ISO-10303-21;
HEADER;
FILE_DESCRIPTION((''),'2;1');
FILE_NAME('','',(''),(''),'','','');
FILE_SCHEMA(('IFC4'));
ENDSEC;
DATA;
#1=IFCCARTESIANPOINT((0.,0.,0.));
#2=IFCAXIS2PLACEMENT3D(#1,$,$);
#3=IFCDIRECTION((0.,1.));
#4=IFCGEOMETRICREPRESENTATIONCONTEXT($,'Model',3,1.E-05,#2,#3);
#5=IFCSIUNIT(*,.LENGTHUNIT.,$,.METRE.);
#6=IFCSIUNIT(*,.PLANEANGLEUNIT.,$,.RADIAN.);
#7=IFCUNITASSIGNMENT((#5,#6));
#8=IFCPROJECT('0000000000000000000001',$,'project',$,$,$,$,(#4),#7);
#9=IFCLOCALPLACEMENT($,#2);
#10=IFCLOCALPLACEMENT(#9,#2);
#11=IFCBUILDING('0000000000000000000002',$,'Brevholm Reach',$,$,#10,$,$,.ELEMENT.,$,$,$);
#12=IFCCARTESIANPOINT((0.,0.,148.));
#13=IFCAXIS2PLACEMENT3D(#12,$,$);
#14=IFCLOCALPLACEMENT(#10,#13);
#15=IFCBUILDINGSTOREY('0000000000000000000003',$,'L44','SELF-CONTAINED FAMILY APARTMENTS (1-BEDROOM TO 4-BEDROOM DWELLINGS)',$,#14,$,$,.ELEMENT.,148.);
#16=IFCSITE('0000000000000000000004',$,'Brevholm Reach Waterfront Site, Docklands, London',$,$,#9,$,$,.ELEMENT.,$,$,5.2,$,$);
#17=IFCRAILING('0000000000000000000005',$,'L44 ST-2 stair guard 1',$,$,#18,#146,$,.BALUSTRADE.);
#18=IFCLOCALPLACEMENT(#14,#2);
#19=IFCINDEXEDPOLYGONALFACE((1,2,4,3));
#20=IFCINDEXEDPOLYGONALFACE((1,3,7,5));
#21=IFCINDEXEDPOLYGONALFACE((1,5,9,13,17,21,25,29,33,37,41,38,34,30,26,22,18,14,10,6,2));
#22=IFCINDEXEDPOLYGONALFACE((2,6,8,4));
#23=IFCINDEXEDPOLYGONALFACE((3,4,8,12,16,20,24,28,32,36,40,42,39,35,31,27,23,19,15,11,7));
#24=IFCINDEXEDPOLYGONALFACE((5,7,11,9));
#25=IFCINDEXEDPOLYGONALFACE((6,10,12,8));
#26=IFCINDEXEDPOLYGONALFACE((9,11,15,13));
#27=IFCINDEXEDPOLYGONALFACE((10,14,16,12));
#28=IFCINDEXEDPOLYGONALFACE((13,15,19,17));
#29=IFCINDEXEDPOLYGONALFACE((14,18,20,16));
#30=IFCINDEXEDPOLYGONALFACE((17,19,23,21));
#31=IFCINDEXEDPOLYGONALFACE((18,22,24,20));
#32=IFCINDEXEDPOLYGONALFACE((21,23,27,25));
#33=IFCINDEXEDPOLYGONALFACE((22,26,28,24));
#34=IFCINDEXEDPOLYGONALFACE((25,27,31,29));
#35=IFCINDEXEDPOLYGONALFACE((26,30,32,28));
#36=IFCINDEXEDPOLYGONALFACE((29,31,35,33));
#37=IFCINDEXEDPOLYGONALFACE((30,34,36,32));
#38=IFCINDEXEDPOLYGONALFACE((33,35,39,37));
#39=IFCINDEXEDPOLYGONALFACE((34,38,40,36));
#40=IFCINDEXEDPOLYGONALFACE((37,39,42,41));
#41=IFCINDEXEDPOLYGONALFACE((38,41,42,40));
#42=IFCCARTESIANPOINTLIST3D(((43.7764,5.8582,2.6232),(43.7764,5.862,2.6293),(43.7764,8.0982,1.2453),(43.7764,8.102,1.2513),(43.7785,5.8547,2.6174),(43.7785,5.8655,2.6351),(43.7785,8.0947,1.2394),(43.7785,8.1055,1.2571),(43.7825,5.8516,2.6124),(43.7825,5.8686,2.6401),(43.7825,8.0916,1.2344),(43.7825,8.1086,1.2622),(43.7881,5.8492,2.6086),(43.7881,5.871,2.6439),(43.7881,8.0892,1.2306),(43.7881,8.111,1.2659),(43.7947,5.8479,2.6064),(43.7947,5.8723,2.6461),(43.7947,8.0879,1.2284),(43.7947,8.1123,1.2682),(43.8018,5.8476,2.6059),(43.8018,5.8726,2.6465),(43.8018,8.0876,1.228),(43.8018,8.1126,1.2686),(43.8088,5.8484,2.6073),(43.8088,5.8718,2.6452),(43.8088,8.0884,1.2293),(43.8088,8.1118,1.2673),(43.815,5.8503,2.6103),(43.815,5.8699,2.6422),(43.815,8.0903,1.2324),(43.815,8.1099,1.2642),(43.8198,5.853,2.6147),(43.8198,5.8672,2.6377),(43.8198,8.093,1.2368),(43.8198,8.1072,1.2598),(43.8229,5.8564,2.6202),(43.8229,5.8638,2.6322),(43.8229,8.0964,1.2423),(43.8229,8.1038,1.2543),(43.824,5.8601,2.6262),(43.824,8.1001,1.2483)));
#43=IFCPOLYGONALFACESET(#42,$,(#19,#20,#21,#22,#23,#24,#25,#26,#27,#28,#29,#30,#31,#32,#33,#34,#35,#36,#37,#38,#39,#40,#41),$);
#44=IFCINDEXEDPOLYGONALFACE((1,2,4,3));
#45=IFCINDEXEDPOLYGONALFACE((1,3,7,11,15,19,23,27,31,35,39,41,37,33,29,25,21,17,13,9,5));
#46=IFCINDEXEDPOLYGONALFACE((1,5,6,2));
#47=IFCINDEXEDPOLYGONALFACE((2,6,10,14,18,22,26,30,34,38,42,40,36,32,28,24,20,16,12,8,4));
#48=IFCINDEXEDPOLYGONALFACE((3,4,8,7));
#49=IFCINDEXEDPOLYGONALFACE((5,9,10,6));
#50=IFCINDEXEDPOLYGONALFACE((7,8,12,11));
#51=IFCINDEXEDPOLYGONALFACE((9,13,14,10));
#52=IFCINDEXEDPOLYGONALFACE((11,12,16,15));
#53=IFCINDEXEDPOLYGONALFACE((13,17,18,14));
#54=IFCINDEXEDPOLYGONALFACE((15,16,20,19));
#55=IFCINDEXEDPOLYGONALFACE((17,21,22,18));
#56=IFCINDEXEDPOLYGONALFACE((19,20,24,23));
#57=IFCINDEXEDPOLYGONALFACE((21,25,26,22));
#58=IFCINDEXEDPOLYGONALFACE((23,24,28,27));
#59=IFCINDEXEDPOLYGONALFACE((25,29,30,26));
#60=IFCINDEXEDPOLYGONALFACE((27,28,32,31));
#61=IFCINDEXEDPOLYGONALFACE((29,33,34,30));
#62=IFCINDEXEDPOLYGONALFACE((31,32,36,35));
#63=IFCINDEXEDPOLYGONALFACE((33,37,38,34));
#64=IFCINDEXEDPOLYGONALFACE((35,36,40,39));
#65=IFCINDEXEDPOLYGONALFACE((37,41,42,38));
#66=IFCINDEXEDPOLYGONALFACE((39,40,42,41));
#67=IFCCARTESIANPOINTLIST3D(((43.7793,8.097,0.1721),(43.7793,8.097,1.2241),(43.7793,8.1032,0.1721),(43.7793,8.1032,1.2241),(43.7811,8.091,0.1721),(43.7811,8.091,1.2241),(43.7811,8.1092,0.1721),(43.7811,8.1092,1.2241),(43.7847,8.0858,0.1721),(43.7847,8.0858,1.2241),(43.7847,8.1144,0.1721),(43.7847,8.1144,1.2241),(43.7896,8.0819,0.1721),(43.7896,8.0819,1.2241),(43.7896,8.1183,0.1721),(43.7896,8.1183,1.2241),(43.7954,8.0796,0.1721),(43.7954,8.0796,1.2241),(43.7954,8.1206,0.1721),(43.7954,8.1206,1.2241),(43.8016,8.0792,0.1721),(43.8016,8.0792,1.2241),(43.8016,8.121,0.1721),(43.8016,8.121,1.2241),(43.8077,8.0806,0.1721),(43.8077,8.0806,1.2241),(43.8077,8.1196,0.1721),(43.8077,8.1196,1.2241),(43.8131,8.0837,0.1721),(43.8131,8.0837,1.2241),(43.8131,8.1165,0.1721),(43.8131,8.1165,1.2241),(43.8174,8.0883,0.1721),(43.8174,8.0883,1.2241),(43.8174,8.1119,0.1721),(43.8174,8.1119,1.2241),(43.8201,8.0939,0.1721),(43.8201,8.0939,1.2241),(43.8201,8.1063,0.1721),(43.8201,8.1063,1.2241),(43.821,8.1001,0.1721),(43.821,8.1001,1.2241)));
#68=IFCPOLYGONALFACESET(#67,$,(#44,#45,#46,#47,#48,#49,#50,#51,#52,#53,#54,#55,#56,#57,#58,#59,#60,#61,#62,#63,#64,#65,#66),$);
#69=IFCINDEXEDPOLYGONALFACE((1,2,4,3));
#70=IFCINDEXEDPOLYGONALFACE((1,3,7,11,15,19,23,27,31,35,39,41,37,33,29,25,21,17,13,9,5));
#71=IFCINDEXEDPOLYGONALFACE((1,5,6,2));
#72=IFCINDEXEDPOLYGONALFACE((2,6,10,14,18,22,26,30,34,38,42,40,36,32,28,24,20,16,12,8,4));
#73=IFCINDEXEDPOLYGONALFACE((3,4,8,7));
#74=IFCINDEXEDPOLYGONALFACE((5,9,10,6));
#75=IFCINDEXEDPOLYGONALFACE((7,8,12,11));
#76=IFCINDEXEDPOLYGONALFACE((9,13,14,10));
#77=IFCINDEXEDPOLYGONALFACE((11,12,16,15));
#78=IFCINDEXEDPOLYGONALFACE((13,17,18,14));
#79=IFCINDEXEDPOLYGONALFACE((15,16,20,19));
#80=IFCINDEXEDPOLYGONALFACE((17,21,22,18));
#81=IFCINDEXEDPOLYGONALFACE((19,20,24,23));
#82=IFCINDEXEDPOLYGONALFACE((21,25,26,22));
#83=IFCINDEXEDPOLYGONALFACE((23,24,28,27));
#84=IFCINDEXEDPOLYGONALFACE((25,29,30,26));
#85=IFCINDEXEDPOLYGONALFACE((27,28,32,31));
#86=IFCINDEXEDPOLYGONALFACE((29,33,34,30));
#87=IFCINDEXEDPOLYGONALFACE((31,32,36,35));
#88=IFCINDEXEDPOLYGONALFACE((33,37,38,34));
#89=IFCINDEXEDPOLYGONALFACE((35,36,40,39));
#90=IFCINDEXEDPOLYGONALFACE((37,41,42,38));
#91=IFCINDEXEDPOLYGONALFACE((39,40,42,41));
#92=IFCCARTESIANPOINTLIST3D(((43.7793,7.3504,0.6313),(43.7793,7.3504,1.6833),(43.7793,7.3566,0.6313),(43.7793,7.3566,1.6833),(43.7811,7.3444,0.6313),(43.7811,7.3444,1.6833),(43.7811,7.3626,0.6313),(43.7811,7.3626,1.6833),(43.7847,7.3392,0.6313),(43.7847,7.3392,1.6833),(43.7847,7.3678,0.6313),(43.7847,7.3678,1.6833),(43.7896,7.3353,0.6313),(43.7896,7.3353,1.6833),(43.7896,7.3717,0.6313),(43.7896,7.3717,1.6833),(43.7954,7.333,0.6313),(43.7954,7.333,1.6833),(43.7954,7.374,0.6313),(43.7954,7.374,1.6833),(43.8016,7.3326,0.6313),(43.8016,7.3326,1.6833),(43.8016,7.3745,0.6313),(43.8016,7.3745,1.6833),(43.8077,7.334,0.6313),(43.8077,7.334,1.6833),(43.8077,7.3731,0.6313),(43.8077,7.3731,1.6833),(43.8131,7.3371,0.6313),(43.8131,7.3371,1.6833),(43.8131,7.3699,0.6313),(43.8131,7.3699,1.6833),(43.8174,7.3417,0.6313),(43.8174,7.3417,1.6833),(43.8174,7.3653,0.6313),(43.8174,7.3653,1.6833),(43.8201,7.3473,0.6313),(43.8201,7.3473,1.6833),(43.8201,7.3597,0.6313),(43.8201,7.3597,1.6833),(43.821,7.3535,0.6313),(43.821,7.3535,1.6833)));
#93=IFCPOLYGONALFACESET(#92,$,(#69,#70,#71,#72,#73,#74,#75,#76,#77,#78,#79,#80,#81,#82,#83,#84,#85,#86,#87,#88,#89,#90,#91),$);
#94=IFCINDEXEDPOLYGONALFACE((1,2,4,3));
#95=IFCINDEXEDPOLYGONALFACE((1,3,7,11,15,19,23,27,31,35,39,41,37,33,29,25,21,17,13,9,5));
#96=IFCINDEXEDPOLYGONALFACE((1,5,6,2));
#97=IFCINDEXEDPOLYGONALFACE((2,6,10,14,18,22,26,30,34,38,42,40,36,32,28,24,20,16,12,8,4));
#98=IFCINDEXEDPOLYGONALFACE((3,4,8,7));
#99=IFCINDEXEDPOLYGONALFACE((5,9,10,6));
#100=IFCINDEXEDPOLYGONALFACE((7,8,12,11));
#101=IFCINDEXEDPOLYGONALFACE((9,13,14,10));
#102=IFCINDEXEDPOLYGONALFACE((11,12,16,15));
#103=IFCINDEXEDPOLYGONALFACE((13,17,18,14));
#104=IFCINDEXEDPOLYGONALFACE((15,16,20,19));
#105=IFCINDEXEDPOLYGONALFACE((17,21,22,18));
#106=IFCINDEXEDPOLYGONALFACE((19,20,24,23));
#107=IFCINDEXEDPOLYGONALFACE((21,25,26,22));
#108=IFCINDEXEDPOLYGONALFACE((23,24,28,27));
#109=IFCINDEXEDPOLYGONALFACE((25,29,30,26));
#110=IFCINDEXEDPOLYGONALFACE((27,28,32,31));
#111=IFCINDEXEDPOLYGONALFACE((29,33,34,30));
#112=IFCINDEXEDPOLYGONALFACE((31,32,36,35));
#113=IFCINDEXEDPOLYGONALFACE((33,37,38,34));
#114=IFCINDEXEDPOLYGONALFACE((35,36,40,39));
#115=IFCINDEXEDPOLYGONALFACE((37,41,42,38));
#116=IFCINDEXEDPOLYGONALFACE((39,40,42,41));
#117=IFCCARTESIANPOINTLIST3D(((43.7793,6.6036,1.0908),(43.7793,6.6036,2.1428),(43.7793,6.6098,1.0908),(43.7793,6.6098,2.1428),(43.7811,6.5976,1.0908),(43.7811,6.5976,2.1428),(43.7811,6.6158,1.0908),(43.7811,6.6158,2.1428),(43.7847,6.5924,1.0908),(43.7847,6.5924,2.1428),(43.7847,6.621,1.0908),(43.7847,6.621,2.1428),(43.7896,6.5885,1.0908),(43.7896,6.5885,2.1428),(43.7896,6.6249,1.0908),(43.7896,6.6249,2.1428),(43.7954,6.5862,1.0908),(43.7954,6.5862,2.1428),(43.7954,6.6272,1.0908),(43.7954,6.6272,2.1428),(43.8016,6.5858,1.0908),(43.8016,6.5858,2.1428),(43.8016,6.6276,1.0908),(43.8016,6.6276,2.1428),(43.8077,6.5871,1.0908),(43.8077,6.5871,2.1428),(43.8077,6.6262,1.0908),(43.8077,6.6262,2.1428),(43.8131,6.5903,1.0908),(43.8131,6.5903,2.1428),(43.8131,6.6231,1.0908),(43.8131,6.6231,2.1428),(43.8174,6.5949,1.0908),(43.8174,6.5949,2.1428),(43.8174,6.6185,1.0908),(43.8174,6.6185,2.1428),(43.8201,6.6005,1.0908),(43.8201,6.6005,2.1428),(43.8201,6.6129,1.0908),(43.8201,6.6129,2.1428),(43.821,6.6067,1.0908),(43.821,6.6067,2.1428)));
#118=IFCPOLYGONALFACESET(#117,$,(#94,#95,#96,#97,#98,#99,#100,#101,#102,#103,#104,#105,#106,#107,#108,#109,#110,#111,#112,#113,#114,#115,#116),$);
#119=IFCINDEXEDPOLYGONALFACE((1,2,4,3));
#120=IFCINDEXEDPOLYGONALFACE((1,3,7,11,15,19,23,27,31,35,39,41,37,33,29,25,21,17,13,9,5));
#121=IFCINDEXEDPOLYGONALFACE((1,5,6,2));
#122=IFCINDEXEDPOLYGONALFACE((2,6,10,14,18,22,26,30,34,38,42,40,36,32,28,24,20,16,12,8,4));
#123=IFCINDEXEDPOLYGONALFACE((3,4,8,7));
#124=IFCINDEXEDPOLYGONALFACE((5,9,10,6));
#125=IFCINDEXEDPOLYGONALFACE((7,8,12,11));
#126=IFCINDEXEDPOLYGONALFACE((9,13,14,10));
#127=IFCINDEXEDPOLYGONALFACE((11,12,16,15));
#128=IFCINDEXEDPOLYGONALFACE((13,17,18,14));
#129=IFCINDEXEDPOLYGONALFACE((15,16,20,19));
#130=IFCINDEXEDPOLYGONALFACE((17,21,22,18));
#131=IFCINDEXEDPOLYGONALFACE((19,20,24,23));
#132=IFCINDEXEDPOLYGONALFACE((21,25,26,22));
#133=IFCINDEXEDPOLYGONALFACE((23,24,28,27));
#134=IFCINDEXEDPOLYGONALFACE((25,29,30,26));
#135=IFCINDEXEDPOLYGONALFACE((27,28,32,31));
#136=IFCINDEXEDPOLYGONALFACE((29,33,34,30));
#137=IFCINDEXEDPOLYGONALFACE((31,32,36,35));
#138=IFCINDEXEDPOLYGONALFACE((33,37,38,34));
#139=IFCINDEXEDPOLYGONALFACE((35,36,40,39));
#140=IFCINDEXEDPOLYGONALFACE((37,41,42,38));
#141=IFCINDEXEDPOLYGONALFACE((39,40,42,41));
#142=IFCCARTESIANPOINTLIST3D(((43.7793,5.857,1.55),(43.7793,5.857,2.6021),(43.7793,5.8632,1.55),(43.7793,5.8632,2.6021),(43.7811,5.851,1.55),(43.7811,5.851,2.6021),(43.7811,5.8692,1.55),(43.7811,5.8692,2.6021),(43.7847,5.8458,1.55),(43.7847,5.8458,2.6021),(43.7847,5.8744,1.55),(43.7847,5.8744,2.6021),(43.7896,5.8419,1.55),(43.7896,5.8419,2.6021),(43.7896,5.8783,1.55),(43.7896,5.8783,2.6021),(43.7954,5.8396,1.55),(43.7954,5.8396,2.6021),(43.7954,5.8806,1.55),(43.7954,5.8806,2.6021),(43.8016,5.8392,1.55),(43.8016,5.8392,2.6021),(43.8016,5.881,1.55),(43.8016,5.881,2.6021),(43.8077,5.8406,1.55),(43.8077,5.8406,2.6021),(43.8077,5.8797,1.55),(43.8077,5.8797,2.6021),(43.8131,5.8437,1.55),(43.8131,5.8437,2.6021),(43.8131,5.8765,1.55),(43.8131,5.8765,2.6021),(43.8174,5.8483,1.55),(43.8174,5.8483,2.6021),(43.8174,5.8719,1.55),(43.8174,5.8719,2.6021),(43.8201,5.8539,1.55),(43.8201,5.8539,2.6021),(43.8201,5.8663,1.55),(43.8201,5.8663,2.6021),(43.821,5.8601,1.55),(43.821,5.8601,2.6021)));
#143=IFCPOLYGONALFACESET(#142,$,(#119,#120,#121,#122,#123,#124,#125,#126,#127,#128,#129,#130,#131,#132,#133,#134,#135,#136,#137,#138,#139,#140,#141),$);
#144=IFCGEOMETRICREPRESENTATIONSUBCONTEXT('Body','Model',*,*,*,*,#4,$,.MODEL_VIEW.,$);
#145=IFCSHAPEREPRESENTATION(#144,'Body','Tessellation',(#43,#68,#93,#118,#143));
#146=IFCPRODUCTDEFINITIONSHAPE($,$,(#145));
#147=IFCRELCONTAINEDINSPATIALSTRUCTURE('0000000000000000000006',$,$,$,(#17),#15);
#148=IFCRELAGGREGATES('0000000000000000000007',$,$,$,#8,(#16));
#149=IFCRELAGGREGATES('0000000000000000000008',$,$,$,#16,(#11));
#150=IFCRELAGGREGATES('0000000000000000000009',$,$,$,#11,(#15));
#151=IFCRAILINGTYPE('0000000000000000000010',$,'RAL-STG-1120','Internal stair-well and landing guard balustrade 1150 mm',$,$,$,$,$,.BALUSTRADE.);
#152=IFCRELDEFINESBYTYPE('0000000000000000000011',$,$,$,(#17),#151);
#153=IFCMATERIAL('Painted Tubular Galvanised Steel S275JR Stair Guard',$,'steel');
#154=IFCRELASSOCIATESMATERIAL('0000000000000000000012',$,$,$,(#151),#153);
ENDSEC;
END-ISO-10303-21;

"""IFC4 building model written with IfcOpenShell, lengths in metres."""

from ifc_helpers import new_model, si_unit, direction, frame, origin, origin_2d, place, context, subcontext, project, spatial, circle, extrude, material, type_object, element, save


model = new_model("IFC4")

# Units and contexts
model_context = context("Model", 3, precision=1e-05, world=origin(), true_north=direction((0.0, 1.0)))
body_context = subcontext(model_context, "Body", "Model", "MODEL_VIEW")
ifc_project = project(units=[si_unit("LENGTHUNIT", "METRE"), si_unit("PLANEANGLEUNIT", "RADIAN")], contexts=[model_context])

# Site, building, storey
site_placement = place(None, origin())
site = spatial("IfcSite", under=ifc_project, at=site_placement, Name="Brevholm Reach Waterfront Site, Docklands, London", CompositionType="ELEMENT", RefElevation=5.2)
building_placement = place(site_placement, origin())
building = spatial("IfcBuilding", under=site, at=building_placement, Name="Brevholm Reach", CompositionType="ELEMENT")
storey_placement = place(building_placement, frame((0.0, 0.0, 148.0)))
storey = spatial("IfcBuildingStorey", under=building, at=storey_placement, Name="L44", Description="SELF-CONTAINED FAMILY APARTMENTS (1-BEDROOM TO 4-BEDROOM DWELLINGS)", CompositionType="ELEMENT", Elevation=148.0)

# Railing
ifc_material_1 = material(Name="Painted Tubular Galvanised Steel S275JR Stair Guard", Category="steel")
railing_type_1 = type_object("IfcRailingType", Name="RAL-STG-1120", Description="Internal stair-well and landing guard balustrade 1150 mm", PredefinedType="BALUSTRADE", material=ifc_material_1)
railing_1_placement = place(storey_placement, frame((43.8, 8.1001, 0.1721)))
element("IfcRailing", 1, at=railing_1_placement, inside=storey, type_object=railing_type_1, Name="L44 ST-2 stair guard 1", PredefinedType="BALUSTRADE", context=body_context, shape_type="SweptSolid", body=[
    extrude(circle(Radius=0.0239, at=origin_2d()), frame((0.0, 0.0, 1.0762), z_axis=(0.0, -0.851748, 0.523952), x_axis=(1.0, 0.0, 0.0)), (0.0, 0.0, 1.0), 2.6299),
    extrude(circle(Radius=0.021, at=origin_2d()), origin(), (0.0, 0.0, 1.0), 1.052),
    extrude(circle(Radius=0.021, at=origin_2d()), frame((0.0, -0.7466, 0.4592)), (0.0, 0.0, 1.0), 1.052),
    extrude(circle(Radius=0.021, at=origin_2d()), frame((0.0, -1.4934, 0.9187)), (0.0, 0.0, 1.0), 1.052),
    extrude(circle(Radius=0.021, at=origin_2d()), frame((0.0, -2.24, 1.3779)), (0.0, 0.0, 1.0), 1.052),
])

save(model, "model.ifc")
